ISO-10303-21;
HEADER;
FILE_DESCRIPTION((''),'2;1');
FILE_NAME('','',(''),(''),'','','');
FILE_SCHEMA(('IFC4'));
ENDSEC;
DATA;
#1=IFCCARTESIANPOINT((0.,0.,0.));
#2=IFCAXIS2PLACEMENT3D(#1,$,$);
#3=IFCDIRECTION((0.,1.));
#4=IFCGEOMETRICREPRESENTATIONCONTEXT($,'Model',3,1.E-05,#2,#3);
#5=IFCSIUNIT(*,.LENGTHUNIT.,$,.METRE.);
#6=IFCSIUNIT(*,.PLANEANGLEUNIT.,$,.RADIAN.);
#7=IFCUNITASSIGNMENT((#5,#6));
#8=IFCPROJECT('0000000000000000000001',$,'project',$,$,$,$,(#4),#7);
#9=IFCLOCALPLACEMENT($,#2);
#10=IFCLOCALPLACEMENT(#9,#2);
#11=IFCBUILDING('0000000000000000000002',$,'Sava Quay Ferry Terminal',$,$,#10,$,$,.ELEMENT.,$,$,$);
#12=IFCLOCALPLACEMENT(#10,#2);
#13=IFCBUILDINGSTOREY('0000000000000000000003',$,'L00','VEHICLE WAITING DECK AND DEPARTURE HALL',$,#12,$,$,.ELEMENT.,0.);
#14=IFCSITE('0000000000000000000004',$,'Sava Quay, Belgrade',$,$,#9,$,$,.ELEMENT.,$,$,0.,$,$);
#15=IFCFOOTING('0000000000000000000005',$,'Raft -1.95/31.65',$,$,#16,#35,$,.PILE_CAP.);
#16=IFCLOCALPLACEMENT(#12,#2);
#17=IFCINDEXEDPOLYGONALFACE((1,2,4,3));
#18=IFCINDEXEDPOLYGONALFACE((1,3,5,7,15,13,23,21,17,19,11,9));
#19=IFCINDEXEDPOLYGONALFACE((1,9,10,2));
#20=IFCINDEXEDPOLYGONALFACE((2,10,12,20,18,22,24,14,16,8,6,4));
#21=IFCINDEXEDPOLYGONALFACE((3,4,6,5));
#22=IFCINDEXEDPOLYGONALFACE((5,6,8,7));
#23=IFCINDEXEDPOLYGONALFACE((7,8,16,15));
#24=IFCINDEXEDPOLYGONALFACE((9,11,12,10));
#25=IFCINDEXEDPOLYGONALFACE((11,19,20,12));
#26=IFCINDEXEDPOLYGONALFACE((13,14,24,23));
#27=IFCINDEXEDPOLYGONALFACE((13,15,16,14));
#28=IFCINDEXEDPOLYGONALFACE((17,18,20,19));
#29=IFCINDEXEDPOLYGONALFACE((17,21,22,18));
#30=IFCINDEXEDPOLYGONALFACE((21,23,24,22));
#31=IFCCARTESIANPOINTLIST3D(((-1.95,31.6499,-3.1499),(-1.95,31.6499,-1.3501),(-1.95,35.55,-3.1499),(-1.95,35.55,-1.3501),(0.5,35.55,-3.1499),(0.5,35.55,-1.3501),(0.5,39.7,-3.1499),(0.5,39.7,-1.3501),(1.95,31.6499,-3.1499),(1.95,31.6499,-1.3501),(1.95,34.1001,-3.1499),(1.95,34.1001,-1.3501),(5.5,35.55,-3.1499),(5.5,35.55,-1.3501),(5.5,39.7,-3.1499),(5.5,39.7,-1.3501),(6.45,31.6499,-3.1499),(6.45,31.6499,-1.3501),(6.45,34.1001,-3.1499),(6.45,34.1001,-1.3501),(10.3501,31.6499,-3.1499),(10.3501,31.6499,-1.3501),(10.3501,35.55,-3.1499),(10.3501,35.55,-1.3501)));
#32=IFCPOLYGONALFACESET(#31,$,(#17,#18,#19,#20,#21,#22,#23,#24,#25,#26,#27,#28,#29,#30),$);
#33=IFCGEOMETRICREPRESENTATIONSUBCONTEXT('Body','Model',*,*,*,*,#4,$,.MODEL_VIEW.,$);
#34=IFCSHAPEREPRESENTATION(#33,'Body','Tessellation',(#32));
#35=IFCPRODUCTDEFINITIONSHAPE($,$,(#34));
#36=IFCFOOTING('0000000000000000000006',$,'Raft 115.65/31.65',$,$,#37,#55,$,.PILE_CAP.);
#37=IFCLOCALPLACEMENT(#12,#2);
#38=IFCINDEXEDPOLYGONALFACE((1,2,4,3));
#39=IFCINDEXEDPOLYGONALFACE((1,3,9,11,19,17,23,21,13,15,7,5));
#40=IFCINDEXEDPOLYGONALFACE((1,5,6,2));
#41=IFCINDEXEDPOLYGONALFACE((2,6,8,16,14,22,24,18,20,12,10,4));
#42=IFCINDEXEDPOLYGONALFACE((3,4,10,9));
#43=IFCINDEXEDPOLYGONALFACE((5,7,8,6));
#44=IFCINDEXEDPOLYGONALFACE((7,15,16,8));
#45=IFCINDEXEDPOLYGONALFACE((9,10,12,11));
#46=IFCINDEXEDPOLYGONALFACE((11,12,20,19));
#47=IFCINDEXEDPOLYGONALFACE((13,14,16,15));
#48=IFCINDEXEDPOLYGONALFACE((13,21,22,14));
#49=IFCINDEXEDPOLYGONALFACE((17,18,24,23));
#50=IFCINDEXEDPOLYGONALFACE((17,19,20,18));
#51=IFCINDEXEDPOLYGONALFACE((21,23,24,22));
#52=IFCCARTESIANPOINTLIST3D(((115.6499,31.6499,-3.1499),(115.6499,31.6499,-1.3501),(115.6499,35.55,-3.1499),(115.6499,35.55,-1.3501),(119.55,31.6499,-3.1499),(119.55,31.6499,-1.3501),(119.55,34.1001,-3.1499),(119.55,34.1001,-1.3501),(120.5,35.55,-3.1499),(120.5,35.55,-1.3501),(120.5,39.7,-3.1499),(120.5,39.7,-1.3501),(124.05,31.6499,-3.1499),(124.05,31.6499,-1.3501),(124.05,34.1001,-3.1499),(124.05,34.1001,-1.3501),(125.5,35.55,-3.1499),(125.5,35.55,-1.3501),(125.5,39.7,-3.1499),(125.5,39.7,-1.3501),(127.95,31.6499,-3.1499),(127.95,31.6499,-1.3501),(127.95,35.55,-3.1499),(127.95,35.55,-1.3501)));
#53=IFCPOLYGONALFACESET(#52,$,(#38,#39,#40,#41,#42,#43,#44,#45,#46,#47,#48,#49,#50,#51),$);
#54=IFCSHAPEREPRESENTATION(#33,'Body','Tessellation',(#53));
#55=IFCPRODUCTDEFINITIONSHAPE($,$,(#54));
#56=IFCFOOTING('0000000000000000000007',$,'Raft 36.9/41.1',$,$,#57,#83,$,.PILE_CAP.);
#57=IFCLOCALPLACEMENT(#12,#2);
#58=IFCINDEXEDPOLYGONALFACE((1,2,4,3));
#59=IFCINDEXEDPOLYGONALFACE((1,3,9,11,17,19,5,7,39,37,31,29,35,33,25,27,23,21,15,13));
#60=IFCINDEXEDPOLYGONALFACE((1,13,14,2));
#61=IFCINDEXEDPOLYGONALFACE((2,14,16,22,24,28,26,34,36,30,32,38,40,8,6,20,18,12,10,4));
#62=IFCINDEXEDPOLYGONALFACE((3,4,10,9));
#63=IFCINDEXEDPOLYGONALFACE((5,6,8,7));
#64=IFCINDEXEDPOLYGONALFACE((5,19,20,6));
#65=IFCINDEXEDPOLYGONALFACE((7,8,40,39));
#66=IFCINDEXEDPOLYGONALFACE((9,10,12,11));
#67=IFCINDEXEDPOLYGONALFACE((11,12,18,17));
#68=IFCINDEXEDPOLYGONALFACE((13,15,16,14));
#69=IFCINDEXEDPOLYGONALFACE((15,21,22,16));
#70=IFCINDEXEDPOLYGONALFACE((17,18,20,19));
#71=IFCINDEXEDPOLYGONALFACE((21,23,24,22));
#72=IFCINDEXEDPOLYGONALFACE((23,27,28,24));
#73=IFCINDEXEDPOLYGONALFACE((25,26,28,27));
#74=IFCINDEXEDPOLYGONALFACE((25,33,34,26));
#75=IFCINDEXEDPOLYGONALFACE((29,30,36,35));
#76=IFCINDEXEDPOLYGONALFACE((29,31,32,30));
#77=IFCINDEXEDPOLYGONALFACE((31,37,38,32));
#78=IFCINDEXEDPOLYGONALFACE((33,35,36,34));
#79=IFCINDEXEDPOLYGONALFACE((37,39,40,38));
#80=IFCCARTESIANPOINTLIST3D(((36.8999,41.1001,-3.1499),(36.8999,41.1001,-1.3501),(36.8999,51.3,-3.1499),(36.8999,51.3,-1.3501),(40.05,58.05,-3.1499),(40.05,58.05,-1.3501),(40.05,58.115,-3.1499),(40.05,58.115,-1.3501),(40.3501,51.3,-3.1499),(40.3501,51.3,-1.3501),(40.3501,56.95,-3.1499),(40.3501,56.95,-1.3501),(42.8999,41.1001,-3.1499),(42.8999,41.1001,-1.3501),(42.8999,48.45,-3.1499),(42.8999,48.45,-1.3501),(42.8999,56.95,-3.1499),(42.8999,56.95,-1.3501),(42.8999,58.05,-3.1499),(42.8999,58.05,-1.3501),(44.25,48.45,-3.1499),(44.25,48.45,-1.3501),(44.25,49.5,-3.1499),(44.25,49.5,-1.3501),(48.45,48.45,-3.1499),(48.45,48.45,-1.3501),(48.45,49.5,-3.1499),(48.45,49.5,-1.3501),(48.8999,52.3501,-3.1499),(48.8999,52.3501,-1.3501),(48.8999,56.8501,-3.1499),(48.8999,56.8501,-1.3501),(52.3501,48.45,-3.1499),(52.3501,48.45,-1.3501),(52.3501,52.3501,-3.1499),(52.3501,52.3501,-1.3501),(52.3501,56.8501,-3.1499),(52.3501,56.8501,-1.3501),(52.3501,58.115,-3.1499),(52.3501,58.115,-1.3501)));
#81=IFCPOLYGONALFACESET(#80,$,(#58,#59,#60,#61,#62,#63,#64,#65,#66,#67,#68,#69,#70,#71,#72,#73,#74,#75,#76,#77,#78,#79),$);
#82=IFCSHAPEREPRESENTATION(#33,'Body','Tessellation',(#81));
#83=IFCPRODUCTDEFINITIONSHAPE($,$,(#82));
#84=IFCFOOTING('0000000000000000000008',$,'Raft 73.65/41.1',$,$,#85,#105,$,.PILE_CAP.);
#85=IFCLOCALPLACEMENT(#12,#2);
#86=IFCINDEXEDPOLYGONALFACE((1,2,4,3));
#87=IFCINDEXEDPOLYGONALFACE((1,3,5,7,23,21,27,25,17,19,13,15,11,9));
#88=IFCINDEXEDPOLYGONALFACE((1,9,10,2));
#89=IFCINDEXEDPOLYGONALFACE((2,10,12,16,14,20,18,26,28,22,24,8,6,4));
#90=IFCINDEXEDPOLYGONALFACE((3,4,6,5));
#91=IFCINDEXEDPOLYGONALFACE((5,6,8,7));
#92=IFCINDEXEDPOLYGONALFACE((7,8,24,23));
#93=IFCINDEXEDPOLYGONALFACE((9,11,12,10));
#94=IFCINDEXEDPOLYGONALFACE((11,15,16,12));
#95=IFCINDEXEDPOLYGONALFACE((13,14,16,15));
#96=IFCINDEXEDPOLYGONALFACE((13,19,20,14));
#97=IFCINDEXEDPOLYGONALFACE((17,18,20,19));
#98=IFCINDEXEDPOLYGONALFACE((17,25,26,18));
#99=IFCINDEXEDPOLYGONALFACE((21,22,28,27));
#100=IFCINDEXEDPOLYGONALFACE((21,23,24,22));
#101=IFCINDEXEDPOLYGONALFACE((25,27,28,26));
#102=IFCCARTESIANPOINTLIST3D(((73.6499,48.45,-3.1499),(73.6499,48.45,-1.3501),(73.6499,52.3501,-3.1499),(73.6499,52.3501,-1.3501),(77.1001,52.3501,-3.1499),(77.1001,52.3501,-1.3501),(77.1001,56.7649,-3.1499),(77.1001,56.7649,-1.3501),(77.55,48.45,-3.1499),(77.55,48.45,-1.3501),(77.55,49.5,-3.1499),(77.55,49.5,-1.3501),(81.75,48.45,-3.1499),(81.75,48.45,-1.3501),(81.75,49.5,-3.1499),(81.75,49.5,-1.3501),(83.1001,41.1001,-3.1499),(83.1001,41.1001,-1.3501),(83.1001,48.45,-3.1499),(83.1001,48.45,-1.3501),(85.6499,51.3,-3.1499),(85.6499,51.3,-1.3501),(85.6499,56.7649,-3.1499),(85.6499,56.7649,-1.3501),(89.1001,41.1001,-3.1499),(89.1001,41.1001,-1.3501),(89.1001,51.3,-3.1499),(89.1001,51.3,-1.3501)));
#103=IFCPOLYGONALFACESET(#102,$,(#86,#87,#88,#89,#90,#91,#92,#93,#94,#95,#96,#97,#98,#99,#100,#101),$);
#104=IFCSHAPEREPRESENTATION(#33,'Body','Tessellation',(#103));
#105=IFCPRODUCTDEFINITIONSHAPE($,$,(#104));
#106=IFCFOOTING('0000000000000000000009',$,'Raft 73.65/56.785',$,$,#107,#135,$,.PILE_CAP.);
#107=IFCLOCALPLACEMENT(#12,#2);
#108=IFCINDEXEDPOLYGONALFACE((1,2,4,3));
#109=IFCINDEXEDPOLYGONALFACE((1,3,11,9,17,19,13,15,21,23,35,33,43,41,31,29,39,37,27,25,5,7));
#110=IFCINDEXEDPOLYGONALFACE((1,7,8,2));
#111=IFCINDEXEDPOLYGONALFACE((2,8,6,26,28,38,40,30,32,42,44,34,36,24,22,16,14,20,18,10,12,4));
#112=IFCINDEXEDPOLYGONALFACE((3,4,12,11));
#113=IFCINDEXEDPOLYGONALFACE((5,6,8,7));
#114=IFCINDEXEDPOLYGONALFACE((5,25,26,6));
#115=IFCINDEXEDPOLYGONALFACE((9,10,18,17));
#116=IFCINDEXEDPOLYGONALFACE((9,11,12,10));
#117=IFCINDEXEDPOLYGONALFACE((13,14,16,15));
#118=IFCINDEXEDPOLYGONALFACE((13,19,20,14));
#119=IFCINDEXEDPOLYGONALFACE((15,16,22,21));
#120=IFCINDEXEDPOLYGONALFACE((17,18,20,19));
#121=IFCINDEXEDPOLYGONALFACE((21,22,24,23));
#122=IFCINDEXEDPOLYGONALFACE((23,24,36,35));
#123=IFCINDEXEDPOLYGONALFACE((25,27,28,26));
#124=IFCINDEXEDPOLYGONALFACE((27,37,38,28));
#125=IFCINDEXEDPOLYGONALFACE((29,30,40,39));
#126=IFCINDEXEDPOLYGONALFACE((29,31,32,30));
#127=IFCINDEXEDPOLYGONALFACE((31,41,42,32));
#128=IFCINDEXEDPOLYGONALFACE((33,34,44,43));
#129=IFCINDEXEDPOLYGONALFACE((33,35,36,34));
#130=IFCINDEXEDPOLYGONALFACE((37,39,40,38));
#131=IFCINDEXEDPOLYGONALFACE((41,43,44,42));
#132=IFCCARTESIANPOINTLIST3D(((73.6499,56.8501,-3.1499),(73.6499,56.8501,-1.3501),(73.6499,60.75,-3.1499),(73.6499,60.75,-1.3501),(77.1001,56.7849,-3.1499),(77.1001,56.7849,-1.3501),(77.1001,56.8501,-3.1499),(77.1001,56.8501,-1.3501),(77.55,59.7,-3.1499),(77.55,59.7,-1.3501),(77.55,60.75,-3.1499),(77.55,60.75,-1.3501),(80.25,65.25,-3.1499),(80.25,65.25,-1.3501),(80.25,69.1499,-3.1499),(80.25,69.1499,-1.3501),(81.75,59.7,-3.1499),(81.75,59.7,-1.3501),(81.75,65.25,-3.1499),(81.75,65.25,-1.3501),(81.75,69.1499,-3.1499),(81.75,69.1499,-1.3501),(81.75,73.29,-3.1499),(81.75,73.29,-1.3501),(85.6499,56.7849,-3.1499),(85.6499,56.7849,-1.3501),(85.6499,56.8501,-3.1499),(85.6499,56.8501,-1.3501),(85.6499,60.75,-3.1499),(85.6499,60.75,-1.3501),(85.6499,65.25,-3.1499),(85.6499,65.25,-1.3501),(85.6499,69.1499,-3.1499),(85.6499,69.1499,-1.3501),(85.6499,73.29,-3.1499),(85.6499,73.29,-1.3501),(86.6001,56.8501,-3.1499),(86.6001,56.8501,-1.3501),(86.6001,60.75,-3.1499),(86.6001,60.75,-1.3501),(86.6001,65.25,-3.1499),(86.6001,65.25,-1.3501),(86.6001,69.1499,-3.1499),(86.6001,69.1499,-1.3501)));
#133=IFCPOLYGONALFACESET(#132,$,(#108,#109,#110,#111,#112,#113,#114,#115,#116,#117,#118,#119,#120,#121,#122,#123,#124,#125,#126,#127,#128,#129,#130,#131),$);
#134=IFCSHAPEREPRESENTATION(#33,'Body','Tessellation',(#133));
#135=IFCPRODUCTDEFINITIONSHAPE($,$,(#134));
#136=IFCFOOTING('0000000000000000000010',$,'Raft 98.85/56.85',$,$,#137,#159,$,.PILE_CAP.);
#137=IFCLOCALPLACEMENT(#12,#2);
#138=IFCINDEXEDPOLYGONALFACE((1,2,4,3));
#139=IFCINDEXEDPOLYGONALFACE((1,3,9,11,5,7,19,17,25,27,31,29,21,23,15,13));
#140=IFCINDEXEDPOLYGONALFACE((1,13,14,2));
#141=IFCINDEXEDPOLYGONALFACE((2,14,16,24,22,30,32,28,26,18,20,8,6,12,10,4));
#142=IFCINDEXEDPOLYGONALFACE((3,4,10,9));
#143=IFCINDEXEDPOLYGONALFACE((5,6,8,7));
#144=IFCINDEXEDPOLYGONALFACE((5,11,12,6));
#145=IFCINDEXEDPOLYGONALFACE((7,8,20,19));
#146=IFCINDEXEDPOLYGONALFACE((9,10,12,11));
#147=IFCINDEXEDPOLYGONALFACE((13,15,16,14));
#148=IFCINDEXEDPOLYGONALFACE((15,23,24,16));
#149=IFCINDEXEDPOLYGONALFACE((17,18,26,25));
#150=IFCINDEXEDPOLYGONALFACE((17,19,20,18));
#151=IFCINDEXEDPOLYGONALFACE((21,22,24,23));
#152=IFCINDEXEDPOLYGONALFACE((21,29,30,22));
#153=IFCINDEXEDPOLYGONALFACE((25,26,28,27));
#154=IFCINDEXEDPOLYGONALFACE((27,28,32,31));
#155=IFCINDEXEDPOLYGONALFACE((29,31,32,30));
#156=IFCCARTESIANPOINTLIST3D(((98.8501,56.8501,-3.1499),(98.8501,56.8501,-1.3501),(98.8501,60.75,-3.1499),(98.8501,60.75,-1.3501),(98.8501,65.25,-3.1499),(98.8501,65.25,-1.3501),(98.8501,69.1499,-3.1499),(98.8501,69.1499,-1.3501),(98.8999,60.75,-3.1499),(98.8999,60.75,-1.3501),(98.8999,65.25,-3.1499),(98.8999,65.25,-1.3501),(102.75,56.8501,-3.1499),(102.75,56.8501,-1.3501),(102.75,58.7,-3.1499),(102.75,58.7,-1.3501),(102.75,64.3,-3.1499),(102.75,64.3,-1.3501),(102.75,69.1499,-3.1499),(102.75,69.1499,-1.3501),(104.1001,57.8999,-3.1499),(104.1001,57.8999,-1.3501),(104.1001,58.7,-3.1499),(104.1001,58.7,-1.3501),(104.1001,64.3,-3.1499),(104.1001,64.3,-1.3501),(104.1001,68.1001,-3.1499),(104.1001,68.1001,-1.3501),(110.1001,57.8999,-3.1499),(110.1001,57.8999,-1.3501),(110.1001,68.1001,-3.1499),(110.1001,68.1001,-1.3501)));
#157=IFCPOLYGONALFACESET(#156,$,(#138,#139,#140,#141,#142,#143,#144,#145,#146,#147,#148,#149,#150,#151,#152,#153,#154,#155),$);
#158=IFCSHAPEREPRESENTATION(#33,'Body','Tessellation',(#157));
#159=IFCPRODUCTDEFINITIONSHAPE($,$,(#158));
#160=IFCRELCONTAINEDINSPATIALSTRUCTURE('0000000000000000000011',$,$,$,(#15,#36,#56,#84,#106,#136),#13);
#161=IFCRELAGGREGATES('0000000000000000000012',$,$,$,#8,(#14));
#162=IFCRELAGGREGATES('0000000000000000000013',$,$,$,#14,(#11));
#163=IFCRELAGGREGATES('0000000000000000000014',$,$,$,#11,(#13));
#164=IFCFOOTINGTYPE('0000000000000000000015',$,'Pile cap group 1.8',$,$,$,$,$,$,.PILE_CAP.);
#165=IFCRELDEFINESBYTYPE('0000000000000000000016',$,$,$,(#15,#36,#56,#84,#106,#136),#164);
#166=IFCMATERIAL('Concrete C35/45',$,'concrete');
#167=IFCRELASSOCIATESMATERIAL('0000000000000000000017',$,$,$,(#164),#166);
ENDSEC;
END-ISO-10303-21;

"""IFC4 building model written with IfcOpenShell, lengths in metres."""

from ifc_helpers import new_model, si_unit, direction, frame, origin, place, context, subcontext, project, spatial, polyline, outline, extrude, material, type_object, element, save


model = new_model("IFC4")

# Units and contexts
model_context = context("Model", 3, precision=1e-05, world=origin(), true_north=direction((0.0, 1.0)))
body_context = subcontext(model_context, "Body", "Model", "MODEL_VIEW")
ifc_project = project(units=[si_unit("LENGTHUNIT", "METRE"), si_unit("PLANEANGLEUNIT", "RADIAN")], contexts=[model_context])

# Site, building, storey
site_placement = place(None, origin())
site = spatial("IfcSite", under=ifc_project, at=site_placement, Name="Sava Quay, Belgrade", CompositionType="ELEMENT", RefElevation=0.0)
building_placement = place(site_placement, origin())
building = spatial("IfcBuilding", under=site, at=building_placement, Name="Sava Quay Ferry Terminal", CompositionType="ELEMENT")
storey_placement = place(building_placement, origin())
storey = spatial("IfcBuildingStorey", under=building, at=storey_placement, Name="L00", Description="VEHICLE WAITING DECK AND DEPARTURE HALL", CompositionType="ELEMENT", Elevation=0.0)

# Footings
ifc_material_1 = material(Name="Concrete C35/45", Category="concrete")
footing_type = type_object("IfcFootingType", Name="Pile cap group 1.8", PredefinedType="PILE_CAP", material=ifc_material_1)
footing_1_placement = place(storey_placement, frame((0.0, 0.0, -3.1499)))
element("IfcFooting", 1, at=footing_1_placement, inside=storey, type_object=footing_type, Name="Raft -1.95/31.65", PredefinedType="PILE_CAP", context=body_context, shape_type="SweptSolid", body=[
    extrude(outline(polyline([(1.95, 34.1001), (1.95, 31.6499), (-1.95, 31.6499), (-1.95, 35.55), (0.5, 35.55), (0.5, 39.7), (5.5, 39.7), (5.5, 35.55), (10.3501, 35.55), (10.3501, 31.6499), (6.45, 31.6499), (6.45, 34.1001), (1.95, 34.1001)])), origin(), (0.0, 0.0, 1.0), 1.7998),
])
footing_2_placement = place(storey_placement, frame((0.0, 0.0, -3.1499)))
element("IfcFooting", 2, at=footing_2_placement, inside=storey, type_object=footing_type, Name="Raft 115.65/31.65", PredefinedType="PILE_CAP", context=body_context, shape_type="SweptSolid", body=[
    extrude(outline(polyline([(120.5, 39.7), (125.5, 39.7), (125.5, 35.55), (127.95, 35.55), (127.95, 31.6499), (124.05, 31.6499), (124.05, 34.1001), (119.55, 34.1001), (119.55, 31.6499), (115.6499, 31.6499), (115.6499, 35.55), (120.5, 35.55), (120.5, 39.7)])), origin(), (0.0, 0.0, 1.0), 1.7998),
])
footing_3_placement = place(storey_placement, frame((0.0, 0.0, -3.1499)))
element("IfcFooting", 3, at=footing_3_placement, inside=storey, type_object=footing_type, Name="Raft 36.9/41.1", PredefinedType="PILE_CAP", context=body_context, shape_type="SweptSolid", body=[
    extrude(outline(polyline([(42.8999, 56.95), (42.8999, 58.05), (40.05, 58.05), (40.05, 58.115), (52.3501, 58.115), (52.3501, 56.8501), (48.8999, 56.8501), (48.8999, 52.3501), (52.3501, 52.3501), (52.3501, 48.45), (48.45, 48.45), (48.45, 49.5), (44.25, 49.5), (44.25, 48.45), (42.8999, 48.45), (42.8999, 41.1001), (36.8999, 41.1001), (36.8999, 51.3), (40.3501, 51.3), (40.3501, 56.95), (42.8999, 56.95)])), origin(), (0.0, 0.0, 1.0), 1.7998),
])
footing_4_placement = place(storey_placement, frame((0.0, 0.0, -3.1499)))
element("IfcFooting", 4, at=footing_4_placement, inside=storey, type_object=footing_type, Name="Raft 73.65/41.1", PredefinedType="PILE_CAP", context=body_context, shape_type="SweptSolid", body=[
    extrude(outline(polyline([(85.6499, 51.3), (89.1001, 51.3), (89.1001, 41.1001), (83.1001, 41.1001), (83.1001, 48.45), (81.75, 48.45), (81.75, 49.5), (77.55, 49.5), (77.55, 48.45), (73.6499, 48.45), (73.6499, 52.3501), (77.1001, 52.3501), (77.1001, 56.7649), (85.6499, 56.7649), (85.6499, 51.3)])), origin(), (0.0, 0.0, 1.0), 1.7998),
])
footing_5_placement = place(storey_placement, frame((0.0, 0.0, -3.1499)))
element("IfcFooting", 5, at=footing_5_placement, inside=storey, type_object=footing_type, Name="Raft 73.65/56.785", PredefinedType="PILE_CAP", context=body_context, shape_type="SweptSolid", body=[
    extrude(outline(polyline([(86.6001, 69.1499), (86.6001, 65.25), (85.6499, 65.25), (85.6499, 60.75), (86.6001, 60.75), (86.6001, 56.8501), (85.6499, 56.8501), (85.6499, 56.7849), (77.1001, 56.7849), (77.1001, 56.8501), (73.6499, 56.8501), (73.6499, 60.75), (77.55, 60.75), (77.55, 59.7), (81.75, 59.7), (81.75, 65.25), (80.25, 65.25), (80.25, 69.1499), (81.75, 69.1499), (81.75, 73.29), (85.6499, 73.29), (85.6499, 69.1499), (86.6001, 69.1499)])), origin(), (0.0, 0.0, 1.0), 1.7998),
])
footing_6_placement = place(storey_placement, frame((0.0, 0.0, -3.1499)))
element("IfcFooting", 6, at=footing_6_placement, inside=storey, type_object=footing_type, Name="Raft 98.85/56.85", PredefinedType="PILE_CAP", context=body_context, shape_type="SweptSolid", body=[
    extrude(outline(polyline([(98.8501, 60.75), (98.8999, 60.75), (98.8999, 65.25), (98.8501, 65.25), (98.8501, 69.1499), (102.75, 69.1499), (102.75, 64.3), (104.1001, 64.3), (104.1001, 68.1001), (110.1001, 68.1001), (110.1001, 57.8999), (104.1001, 57.8999), (104.1001, 58.7), (102.75, 58.7), (102.75, 56.8501), (98.8501, 56.8501), (98.8501, 60.75)])), origin(), (0.0, 0.0, 1.0), 1.7998),
])

save(model, "model.ifc")
